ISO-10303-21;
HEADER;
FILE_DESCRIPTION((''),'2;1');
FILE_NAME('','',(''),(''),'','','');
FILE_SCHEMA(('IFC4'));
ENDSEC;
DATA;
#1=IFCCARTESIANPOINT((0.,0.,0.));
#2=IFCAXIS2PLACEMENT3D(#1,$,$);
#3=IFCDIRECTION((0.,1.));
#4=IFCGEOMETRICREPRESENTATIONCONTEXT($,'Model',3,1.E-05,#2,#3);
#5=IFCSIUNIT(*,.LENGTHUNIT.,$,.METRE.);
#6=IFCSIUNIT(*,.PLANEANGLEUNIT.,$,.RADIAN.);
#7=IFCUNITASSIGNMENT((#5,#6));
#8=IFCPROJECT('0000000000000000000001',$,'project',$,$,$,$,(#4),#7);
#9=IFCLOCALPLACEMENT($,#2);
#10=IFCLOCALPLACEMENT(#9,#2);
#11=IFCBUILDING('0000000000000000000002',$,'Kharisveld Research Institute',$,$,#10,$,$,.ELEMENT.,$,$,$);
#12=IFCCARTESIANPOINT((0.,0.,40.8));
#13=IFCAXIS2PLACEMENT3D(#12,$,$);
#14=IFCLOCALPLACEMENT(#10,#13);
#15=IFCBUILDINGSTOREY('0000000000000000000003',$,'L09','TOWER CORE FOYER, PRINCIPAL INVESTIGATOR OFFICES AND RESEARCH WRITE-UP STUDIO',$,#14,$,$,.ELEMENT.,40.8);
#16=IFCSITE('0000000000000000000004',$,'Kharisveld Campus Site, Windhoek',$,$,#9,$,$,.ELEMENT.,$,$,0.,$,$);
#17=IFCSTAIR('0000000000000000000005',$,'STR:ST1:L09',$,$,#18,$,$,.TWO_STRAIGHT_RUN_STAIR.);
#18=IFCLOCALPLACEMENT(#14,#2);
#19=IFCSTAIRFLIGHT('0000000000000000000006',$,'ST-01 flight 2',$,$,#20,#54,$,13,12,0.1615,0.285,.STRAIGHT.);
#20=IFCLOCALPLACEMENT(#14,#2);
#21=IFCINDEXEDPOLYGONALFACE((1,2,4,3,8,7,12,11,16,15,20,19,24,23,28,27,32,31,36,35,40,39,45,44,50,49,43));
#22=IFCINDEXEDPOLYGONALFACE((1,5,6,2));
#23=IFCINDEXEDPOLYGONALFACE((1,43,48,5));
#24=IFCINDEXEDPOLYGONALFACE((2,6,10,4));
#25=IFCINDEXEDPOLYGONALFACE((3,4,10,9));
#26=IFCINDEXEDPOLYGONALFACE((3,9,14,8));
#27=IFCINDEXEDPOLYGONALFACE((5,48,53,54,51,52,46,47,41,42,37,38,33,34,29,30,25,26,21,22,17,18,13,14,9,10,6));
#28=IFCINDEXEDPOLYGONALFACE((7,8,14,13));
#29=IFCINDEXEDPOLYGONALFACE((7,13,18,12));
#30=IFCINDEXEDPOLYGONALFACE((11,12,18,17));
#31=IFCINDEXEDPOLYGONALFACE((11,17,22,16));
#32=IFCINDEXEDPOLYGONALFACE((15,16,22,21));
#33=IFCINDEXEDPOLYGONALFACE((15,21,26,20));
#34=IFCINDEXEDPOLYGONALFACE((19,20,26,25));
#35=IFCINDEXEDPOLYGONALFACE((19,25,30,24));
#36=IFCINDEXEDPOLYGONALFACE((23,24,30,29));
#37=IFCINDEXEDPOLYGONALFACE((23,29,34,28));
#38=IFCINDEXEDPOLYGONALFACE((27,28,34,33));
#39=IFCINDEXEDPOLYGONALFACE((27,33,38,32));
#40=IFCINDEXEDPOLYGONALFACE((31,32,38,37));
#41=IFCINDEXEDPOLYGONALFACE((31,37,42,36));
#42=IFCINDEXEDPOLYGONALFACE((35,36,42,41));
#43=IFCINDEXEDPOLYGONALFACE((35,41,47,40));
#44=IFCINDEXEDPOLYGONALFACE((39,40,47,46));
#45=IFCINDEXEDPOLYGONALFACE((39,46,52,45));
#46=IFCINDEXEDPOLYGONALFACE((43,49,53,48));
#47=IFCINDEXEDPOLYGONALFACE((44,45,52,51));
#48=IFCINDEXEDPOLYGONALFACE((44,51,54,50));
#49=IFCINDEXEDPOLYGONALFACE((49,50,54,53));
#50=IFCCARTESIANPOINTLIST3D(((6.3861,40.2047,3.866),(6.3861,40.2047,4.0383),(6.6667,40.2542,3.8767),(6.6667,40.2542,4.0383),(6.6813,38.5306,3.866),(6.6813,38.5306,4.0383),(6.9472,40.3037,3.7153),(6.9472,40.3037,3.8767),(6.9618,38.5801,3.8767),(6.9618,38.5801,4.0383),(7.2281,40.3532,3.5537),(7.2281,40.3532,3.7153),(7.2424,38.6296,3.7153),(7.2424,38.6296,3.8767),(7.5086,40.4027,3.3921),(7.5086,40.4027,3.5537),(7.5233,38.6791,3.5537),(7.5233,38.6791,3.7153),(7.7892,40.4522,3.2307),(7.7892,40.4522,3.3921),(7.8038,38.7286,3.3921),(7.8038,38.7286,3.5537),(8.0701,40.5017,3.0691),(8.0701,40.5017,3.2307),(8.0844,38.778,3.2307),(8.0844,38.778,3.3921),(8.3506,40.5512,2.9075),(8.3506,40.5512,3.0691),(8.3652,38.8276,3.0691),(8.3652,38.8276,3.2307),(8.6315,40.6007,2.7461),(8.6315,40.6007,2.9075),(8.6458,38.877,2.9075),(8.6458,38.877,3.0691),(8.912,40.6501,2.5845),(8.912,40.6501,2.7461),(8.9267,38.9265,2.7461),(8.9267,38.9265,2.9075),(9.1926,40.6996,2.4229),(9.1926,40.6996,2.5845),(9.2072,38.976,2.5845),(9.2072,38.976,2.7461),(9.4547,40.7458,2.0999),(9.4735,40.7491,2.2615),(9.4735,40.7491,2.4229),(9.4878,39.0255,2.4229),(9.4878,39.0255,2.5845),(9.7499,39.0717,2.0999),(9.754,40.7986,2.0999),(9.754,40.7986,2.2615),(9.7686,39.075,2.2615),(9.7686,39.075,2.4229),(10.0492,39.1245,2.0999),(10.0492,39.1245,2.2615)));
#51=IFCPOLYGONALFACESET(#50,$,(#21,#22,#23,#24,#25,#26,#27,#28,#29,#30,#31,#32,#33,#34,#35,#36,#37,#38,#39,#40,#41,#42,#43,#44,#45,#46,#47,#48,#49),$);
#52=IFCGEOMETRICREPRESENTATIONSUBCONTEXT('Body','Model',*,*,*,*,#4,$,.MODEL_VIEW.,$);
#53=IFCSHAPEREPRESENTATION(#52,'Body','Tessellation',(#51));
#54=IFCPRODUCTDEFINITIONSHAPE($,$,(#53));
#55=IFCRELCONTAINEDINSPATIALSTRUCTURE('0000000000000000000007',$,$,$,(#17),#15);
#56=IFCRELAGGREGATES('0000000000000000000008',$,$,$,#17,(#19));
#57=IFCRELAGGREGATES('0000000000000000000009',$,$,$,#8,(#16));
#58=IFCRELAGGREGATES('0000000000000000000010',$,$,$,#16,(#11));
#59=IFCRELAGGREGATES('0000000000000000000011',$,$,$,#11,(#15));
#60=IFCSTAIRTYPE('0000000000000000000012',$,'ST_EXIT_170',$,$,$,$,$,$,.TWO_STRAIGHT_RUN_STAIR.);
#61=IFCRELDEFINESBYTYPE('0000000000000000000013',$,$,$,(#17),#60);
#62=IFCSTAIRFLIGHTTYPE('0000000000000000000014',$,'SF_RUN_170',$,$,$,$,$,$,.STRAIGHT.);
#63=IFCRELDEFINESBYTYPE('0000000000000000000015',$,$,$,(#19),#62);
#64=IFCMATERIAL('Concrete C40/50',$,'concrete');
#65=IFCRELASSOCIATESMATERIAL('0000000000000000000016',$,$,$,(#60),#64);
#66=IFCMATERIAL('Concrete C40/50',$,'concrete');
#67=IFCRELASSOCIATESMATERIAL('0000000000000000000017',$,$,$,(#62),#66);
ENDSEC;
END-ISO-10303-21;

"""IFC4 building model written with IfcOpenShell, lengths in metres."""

from ifc_helpers import new_model, si_unit, direction, frame, origin, place, context, subcontext, project, spatial, polyline, outline, extrude, material, type_object, element, aggregate, save


model = new_model("IFC4")

# Units and contexts
model_context = context("Model", 3, precision=1e-05, world=origin(), true_north=direction((0.0, 1.0)))
body_context = subcontext(model_context, "Body", "Model", "MODEL_VIEW")
ifc_project = project(units=[si_unit("LENGTHUNIT", "METRE"), si_unit("PLANEANGLEUNIT", "RADIAN")], contexts=[model_context])

# Site, building, storey
site_placement = place(None, origin())
site = spatial("IfcSite", under=ifc_project, at=site_placement, Name="Kharisveld Campus Site, Windhoek", CompositionType="ELEMENT", RefElevation=0.0)
building_placement = place(site_placement, origin())
building = spatial("IfcBuilding", under=site, at=building_placement, Name="Kharisveld Research Institute", CompositionType="ELEMENT")
storey_placement = place(building_placement, frame((0.0, 0.0, 40.8)))
storey = spatial("IfcBuildingStorey", under=building, at=storey_placement, Name="L09", Description="TOWER CORE FOYER, PRINCIPAL INVESTIGATOR OFFICES AND RESEARCH WRITE-UP STUDIO", CompositionType="ELEMENT", Elevation=40.8)

# Stair, stair flight
ifc_material_1 = material(Name="Concrete C40/50", Category="concrete")
stair_type = type_object("IfcStairType", Name="ST_EXIT_170", PredefinedType="TWO_STRAIGHT_RUN_STAIR", material=ifc_material_1)
stair_placement = place(storey_placement, origin())
stair = element("IfcStair", 1, at=stair_placement, inside=storey, type_object=stair_type, Name="STR:ST1:L09", PredefinedType="TWO_STRAIGHT_RUN_STAIR")
ifc_material_2 = material(Name="Concrete C40/50", Category="concrete")
stair_flight_type = type_object("IfcStairFlightType", Name="SF_RUN_170", PredefinedType="STRAIGHT", material=ifc_material_2)
stair_flight_placement = place(storey_placement, frame((9.9016, 39.9617, 2.0999), z_axis=(0.0, 0.0, 1.0), x_axis=(-0.984808, -0.173648, 0.0)))
stair_flight = element("IfcStairFlight", 2, at=stair_flight_placement, type_object=stair_flight_type, Name="ST-01 flight 2", NumberOfRisers=13, NumberOfTreads=12, PredefinedType="STRAIGHT", RiserHeight=0.1615, TreadLength=0.285, context=body_context, shape_type="SweptSolid", body=[
    extrude(outline(polyline([(0.0, 0.0), (0.0, 0.1616), (0.2849, 0.1616), (0.2849, 0.323), (0.5701, 0.323), (0.5701, 0.4846), (0.855, 0.4846), (0.855, 0.6462), (1.1399, 0.6462), (1.1399, 0.8076), (1.425, 0.8076), (1.425, 0.9692), (1.71, 0.9692), (1.71, 1.1309), (1.9951, 1.1309), (1.9951, 1.2922), (2.28, 1.2922), (2.28, 1.4539), (2.5649, 1.4539), (2.5649, 1.6155), (2.8501, 1.6155), (2.8501, 1.7769), (3.135, 1.7769), (3.135, 1.9385), (3.4199, 1.9385), (3.4199, 2.1001), (3.4199, 1.7661), (0.304, 0.0), (0.0, 0.0)])), frame((0.0, 0.8501, 0.0), z_axis=(0.0, -1.0, 0.0), x_axis=(1.0, 0.0, 0.0)), (0.0, 0.0, 1.0), 1.7),
])
aggregate(stair, [stair_flight])

save(model, "model.ifc")
